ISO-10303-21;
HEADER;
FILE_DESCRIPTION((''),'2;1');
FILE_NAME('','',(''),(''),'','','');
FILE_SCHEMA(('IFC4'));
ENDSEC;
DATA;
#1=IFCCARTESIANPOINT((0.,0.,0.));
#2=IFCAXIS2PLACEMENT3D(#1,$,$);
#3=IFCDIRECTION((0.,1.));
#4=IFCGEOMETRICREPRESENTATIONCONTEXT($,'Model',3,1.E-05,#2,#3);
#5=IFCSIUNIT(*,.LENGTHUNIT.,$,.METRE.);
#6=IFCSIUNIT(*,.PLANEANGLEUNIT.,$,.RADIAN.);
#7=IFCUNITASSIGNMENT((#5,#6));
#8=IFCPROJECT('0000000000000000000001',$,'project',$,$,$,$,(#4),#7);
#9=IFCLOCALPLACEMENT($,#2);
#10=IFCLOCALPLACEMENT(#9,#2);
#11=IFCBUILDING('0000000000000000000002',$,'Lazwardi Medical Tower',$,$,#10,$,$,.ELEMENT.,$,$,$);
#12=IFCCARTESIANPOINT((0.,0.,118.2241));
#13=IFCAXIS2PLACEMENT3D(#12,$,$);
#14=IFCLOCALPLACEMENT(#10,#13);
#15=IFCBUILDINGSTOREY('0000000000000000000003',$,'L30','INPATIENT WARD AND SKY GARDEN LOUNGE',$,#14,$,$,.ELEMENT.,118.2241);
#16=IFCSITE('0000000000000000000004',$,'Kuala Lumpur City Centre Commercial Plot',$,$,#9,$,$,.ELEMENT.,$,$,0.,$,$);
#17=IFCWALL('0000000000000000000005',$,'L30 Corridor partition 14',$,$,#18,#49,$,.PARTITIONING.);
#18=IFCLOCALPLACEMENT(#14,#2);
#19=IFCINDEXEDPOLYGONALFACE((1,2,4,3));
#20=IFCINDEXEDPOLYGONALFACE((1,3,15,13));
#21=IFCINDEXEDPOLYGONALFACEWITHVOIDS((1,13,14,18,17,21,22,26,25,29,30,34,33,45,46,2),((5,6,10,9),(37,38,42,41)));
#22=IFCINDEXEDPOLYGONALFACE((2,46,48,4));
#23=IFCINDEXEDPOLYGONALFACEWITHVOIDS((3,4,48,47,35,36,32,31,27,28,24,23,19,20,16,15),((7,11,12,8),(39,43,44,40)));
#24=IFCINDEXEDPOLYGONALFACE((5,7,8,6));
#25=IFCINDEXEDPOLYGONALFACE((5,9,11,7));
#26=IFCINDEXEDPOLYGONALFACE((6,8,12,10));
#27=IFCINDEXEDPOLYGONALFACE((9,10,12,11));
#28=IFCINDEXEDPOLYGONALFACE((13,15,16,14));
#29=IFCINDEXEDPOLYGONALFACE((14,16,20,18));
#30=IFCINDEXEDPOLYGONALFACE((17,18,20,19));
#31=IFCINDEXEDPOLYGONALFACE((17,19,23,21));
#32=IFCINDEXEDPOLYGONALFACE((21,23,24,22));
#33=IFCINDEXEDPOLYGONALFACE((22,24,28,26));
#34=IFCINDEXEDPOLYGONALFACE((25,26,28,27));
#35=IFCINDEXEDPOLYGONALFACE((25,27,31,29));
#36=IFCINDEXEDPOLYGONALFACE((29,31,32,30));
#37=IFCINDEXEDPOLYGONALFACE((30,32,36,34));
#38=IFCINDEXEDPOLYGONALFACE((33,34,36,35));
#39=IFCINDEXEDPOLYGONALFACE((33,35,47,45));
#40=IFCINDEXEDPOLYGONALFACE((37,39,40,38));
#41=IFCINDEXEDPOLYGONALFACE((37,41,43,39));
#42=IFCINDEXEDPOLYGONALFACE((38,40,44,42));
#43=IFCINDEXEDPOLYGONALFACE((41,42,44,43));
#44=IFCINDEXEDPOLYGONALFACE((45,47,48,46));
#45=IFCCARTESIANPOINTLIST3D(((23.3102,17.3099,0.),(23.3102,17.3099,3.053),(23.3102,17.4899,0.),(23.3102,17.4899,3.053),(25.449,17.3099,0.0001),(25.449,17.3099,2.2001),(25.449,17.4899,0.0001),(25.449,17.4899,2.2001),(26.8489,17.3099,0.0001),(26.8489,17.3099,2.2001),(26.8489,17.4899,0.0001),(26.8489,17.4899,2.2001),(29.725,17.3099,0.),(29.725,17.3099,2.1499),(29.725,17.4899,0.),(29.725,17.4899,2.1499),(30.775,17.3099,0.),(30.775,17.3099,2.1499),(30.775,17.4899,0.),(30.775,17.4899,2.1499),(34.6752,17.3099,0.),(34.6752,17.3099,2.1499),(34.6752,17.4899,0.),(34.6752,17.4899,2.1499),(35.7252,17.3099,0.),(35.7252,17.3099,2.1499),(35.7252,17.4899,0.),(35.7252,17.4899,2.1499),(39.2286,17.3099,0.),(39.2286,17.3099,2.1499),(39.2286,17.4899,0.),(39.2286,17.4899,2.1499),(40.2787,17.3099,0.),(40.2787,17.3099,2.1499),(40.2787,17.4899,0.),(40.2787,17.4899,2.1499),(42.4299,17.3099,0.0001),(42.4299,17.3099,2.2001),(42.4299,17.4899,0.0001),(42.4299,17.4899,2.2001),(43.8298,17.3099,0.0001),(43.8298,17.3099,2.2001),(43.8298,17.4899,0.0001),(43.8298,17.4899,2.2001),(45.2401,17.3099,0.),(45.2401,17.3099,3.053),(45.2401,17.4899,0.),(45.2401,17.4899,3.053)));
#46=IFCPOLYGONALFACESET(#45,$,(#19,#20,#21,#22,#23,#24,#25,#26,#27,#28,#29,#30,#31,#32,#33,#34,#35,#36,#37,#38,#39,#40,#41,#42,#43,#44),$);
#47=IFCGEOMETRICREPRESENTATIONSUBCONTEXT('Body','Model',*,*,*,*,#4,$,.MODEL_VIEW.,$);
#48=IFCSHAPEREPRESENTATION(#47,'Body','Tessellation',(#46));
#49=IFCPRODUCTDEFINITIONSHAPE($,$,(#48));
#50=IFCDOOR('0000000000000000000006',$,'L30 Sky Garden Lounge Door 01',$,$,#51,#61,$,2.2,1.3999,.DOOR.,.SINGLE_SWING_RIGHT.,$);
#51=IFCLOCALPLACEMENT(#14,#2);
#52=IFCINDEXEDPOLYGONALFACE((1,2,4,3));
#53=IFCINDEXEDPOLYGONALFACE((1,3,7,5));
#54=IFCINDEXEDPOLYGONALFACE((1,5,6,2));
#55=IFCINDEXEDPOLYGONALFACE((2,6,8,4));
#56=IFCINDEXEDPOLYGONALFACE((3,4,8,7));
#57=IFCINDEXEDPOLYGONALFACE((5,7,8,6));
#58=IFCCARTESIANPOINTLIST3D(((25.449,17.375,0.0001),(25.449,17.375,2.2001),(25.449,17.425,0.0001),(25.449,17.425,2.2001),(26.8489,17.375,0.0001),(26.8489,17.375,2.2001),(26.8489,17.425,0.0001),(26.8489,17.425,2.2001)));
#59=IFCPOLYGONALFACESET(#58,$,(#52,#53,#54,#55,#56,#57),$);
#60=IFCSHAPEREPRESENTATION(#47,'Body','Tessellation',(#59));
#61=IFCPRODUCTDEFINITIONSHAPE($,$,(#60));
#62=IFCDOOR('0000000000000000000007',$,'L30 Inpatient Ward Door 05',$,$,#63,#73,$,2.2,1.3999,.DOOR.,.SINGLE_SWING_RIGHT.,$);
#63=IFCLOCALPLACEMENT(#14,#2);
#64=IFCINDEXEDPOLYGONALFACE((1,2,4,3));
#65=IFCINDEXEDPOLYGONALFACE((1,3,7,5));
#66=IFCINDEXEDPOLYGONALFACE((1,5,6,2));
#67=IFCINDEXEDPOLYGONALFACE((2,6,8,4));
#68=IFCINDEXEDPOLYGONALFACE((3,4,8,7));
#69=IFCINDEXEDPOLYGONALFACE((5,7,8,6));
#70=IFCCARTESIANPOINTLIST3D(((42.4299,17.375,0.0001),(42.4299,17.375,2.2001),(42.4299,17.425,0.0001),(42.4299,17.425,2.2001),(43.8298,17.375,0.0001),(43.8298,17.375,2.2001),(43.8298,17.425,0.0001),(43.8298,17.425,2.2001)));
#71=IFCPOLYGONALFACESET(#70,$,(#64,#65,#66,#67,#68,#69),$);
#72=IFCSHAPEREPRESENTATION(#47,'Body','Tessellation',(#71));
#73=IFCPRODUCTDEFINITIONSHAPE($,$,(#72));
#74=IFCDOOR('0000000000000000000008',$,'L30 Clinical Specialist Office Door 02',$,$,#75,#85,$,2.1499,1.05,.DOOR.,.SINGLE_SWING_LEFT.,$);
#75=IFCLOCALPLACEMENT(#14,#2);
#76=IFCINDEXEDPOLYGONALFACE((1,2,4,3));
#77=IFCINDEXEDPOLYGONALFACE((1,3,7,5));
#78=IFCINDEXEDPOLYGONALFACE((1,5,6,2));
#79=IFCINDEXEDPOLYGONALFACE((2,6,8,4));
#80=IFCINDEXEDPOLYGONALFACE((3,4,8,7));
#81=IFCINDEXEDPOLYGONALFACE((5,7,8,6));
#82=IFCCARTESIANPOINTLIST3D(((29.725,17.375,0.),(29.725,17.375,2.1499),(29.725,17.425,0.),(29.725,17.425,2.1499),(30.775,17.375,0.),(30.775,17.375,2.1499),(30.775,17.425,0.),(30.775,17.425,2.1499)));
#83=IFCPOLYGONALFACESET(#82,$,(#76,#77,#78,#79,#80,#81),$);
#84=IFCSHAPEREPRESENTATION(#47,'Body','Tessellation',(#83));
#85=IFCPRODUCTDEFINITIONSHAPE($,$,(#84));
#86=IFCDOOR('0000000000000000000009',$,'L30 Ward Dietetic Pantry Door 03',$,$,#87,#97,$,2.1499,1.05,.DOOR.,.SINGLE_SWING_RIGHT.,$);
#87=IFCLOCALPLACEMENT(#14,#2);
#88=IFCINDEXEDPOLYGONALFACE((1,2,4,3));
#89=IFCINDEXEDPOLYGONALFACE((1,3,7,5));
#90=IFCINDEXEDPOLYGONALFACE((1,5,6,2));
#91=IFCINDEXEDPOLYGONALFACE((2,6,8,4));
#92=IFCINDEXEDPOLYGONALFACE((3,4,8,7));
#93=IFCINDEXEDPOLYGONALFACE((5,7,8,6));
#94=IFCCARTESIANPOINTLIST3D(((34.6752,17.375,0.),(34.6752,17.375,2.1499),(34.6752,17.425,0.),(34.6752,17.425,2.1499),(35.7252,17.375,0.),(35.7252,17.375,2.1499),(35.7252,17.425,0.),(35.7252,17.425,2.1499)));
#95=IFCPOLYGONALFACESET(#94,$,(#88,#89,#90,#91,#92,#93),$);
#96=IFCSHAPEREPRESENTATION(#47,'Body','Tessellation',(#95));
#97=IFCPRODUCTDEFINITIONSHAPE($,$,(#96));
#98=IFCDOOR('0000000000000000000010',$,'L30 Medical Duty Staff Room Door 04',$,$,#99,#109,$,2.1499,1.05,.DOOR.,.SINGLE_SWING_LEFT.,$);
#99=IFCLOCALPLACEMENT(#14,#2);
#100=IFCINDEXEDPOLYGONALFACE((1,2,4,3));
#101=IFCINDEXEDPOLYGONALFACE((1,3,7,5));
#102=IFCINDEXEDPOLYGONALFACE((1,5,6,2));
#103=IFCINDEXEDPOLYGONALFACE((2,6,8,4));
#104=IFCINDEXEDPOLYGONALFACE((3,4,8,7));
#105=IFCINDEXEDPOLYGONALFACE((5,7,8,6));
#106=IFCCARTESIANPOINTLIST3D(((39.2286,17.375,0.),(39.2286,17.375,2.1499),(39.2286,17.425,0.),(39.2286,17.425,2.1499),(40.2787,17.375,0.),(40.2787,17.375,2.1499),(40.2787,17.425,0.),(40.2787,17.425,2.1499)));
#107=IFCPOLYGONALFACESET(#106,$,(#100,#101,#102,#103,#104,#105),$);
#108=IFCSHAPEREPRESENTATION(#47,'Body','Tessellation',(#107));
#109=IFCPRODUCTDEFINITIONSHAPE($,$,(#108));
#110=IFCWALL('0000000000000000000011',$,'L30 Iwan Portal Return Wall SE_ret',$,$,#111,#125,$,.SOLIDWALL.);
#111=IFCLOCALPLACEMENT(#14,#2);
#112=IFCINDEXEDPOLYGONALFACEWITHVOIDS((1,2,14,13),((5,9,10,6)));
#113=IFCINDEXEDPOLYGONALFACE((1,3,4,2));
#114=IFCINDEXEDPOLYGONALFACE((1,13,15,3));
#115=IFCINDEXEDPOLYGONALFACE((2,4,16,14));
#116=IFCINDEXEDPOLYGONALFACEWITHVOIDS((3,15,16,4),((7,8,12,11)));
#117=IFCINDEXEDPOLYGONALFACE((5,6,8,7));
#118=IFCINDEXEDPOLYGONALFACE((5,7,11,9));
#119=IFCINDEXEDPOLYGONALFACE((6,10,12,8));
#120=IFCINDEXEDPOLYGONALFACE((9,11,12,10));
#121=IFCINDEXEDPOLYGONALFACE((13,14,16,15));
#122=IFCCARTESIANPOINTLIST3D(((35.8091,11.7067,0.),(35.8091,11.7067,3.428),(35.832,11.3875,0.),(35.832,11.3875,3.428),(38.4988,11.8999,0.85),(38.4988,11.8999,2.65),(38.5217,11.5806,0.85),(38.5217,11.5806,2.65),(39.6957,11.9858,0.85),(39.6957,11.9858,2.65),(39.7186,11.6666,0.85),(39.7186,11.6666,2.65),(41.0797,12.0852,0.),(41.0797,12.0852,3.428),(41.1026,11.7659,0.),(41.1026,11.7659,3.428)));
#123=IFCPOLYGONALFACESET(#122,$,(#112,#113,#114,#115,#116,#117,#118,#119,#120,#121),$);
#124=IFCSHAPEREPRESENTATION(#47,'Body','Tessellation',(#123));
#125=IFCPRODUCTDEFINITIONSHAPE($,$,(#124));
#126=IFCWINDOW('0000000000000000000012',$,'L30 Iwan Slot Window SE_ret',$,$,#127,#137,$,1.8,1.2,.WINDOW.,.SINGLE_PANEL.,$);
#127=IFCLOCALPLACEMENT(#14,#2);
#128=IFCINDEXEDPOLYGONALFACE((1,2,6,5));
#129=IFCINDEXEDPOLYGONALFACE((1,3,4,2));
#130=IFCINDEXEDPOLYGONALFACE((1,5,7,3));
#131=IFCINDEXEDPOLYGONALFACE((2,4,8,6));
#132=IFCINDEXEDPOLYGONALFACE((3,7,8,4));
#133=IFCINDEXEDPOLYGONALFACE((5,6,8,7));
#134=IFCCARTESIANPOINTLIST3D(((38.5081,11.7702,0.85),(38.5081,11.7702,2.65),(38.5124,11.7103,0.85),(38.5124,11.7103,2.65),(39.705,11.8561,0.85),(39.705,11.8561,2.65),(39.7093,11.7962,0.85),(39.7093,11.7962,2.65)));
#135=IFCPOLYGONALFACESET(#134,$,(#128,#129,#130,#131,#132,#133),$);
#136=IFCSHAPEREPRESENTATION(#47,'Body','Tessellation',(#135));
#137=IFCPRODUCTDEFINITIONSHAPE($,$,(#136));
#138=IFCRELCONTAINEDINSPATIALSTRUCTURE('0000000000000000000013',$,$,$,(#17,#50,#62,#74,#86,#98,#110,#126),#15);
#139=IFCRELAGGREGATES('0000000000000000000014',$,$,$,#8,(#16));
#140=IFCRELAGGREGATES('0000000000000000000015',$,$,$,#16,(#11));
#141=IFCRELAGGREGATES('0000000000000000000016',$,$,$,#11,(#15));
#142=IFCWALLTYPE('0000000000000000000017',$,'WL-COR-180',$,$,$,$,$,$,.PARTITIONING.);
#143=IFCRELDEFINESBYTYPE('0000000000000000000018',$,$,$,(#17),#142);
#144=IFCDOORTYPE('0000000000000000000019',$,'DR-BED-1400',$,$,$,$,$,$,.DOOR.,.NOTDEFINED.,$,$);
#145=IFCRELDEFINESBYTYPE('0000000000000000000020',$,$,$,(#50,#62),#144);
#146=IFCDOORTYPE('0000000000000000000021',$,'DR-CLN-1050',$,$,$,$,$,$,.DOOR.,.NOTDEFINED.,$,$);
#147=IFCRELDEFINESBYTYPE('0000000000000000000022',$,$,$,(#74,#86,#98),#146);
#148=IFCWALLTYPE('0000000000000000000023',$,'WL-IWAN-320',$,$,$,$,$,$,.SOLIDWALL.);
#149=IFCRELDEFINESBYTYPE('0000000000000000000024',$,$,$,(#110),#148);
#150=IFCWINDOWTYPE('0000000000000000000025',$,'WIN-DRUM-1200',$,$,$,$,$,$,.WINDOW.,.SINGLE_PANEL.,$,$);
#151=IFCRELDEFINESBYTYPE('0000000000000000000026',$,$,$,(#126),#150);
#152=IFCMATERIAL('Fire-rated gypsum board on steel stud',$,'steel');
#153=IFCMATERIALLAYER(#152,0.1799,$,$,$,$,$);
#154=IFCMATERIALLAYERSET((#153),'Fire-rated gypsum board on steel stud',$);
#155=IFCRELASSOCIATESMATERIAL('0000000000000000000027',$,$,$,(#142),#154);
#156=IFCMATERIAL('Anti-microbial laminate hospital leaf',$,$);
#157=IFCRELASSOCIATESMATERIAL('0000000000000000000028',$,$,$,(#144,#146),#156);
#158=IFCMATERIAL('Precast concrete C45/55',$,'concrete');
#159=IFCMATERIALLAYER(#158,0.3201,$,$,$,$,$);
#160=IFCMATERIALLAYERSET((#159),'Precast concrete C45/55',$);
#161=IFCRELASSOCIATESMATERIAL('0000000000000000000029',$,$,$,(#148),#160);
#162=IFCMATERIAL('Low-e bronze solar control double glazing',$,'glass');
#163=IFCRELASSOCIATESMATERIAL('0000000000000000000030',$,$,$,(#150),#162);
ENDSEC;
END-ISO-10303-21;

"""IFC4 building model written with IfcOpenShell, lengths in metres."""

from ifc_helpers import new_model, si_unit, direction, frame, frame_2d, origin, place, context, subcontext, project, spatial, rectangle, extrude, material, layer, layer_set, type_object, element, fill, save


model = new_model("IFC4")

# Units and contexts
model_context = context("Model", 3, precision=1e-05, world=origin(), true_north=direction((0.0, 1.0)))
body_context = subcontext(model_context, "Body", "Model", "MODEL_VIEW")
ifc_project = project(units=[si_unit("LENGTHUNIT", "METRE"), si_unit("PLANEANGLEUNIT", "RADIAN")], contexts=[model_context])

# Site, building, storey
site_placement = place(None, origin())
site = spatial("IfcSite", under=ifc_project, at=site_placement, Name="Kuala Lumpur City Centre Commercial Plot", CompositionType="ELEMENT", RefElevation=0.0)
building_placement = place(site_placement, origin())
building = spatial("IfcBuilding", under=site, at=building_placement, Name="Lazwardi Medical Tower", CompositionType="ELEMENT")
storey_placement = place(building_placement, frame((0.0, 0.0, 118.2241)))
storey = spatial("IfcBuildingStorey", under=building, at=storey_placement, Name="L30", Description="INPATIENT WARD AND SKY GARDEN LOUNGE", CompositionType="ELEMENT", Elevation=118.2241)

# Shared definitions
ifc_material_1 = material(Name="Low-e bronze solar control double glazing", Category="glass")

# Wall, openings, doors
ifc_material_2 = material(Name="Fire-rated gypsum board on steel stud", Category="steel")
ifc_layer_1 = layer(ifc_material_2, 0.1799)
ifc_layer_set_1 = layer_set([ifc_layer_1], Name="Fire-rated gypsum board on steel stud")
wall_type_1 = type_object("IfcWallType", Name="WL-COR-180", PredefinedType="PARTITIONING", material=ifc_layer_set_1)
wall_1_placement = place(storey_placement, frame((45.24, 17.3999, 0.0), z_axis=(0.0, 0.0, 1.0), x_axis=(-1.0, 0.0, 0.0)))
wall_1 = element("IfcWall", 1, at=wall_1_placement, inside=storey, type_object=wall_type_1, Name="L30 Corridor partition 14", PredefinedType="PARTITIONING", context=body_context, shape_type="SweptSolid", body=[
    extrude(rectangle(XDim=21.9299, YDim=0.1799, at=frame_2d((10.9648, 0.0))), origin(), (0.0, 0.0, 1.0), 3.053),
])
opening_1_placement = place(wall_1_placement, frame((18.3911, 0.0, 0.0)))
opening_1 = element("IfcOpeningElement", 2, at=opening_1_placement, cuts=wall_1, PredefinedType="OPENING", context=body_context, shape_type="SweptSolid", body=[
    extrude(rectangle(XDim=1.3999, YDim=2.2, at=frame_2d((0.7, 1.1001))), frame((0.0, 0.0999, 0.0), z_axis=(0.0, -1.0, 0.0), x_axis=(1.0, 0.0, 0.0)), (0.0, 0.0, 1.0), 0.2),
])
opening_2_placement = place(wall_1_placement, frame((14.4651, 0.0, 0.0)))
opening_2 = element("IfcOpeningElement", 3, at=opening_2_placement, cuts=wall_1, PredefinedType="OPENING", context=body_context, shape_type="SweptSolid", body=[
    extrude(rectangle(XDim=1.05, YDim=2.1499, at=frame_2d((0.5249, 1.075))), frame((0.0, 0.0999, 0.0), z_axis=(0.0, -1.0, 0.0), x_axis=(1.0, 0.0, 0.0)), (0.0, 0.0, 1.0), 0.2),
])
opening_3_placement = place(wall_1_placement, frame((9.5149, 0.0, 0.0)))
opening_3 = element("IfcOpeningElement", 4, at=opening_3_placement, cuts=wall_1, PredefinedType="OPENING", context=body_context, shape_type="SweptSolid", body=[
    extrude(rectangle(XDim=1.05, YDim=2.1499, at=frame_2d((0.5249, 1.075))), frame((0.0, 0.0999, 0.0), z_axis=(0.0, -1.0, 0.0), x_axis=(1.0, 0.0, 0.0)), (0.0, 0.0, 1.0), 0.2),
])
opening_4_placement = place(wall_1_placement, frame((4.9614, 0.0, 0.0)))
opening_4 = element("IfcOpeningElement", 5, at=opening_4_placement, cuts=wall_1, PredefinedType="OPENING", context=body_context, shape_type="SweptSolid", body=[
    extrude(rectangle(XDim=1.05, YDim=2.1499, at=frame_2d((0.5249, 1.075))), frame((0.0, 0.0999, 0.0), z_axis=(0.0, -1.0, 0.0), x_axis=(1.0, 0.0, 0.0)), (0.0, 0.0, 1.0), 0.2),
])
opening_5_placement = place(wall_1_placement, frame((1.4102, 0.0, 0.0)))
opening_5 = element("IfcOpeningElement", 6, at=opening_5_placement, cuts=wall_1, PredefinedType="OPENING", context=body_context, shape_type="SweptSolid", body=[
    extrude(rectangle(XDim=1.3999, YDim=2.2, at=frame_2d((0.7, 1.1001))), frame((0.0, 0.0999, 0.0), z_axis=(0.0, -1.0, 0.0), x_axis=(1.0, 0.0, 0.0)), (0.0, 0.0, 1.0), 0.2),
])
ifc_material_3 = material(Name="Anti-microbial laminate hospital leaf")
door_type_1 = type_object("IfcDoorType", Name="DR-BED-1400", OperationType="NOTDEFINED", PredefinedType="DOOR", material=ifc_material_3)
door_1_placement = place(opening_1_placement, origin())
door_1 = element("IfcDoor", 7, at=door_1_placement, inside=storey, type_object=door_type_1, Name="L30 Sky Garden Lounge Door 01", OperationType="SINGLE_SWING_RIGHT", OverallHeight=2.2, OverallWidth=1.3999, PredefinedType="DOOR", context=body_context, shape_type="SweptSolid", body=[
    extrude(rectangle(XDim=1.3999, YDim=2.2, at=frame_2d((0.7, 1.1001))), frame((0.0, 0.0249, 0.0), z_axis=(0.0, -1.0, 0.0), x_axis=(1.0, 0.0, 0.0)), (0.0, 0.0, 1.0), 0.05),
])
fill(opening_1, door_1)
door_2_placement = place(opening_5_placement, origin())
door_2 = element("IfcDoor", 8, at=door_2_placement, inside=storey, type_object=door_type_1, Name="L30 Inpatient Ward Door 05", OperationType="SINGLE_SWING_RIGHT", OverallHeight=2.2, OverallWidth=1.3999, PredefinedType="DOOR", context=body_context, shape_type="SweptSolid", body=[
    extrude(rectangle(XDim=1.3999, YDim=2.2, at=frame_2d((0.7, 1.1001))), frame((0.0, 0.0249, 0.0), z_axis=(0.0, -1.0, 0.0), x_axis=(1.0, 0.0, 0.0)), (0.0, 0.0, 1.0), 0.05),
])
fill(opening_5, door_2)
door_type_2 = type_object("IfcDoorType", Name="DR-CLN-1050", OperationType="NOTDEFINED", PredefinedType="DOOR", material=ifc_material_3)
door_3_placement = place(opening_2_placement, origin())
door_3 = element("IfcDoor", 9, at=door_3_placement, inside=storey, type_object=door_type_2, Name="L30 Clinical Specialist Office Door 02", OperationType="SINGLE_SWING_LEFT", OverallHeight=2.1499, OverallWidth=1.05, PredefinedType="DOOR", context=body_context, shape_type="SweptSolid", body=[
    extrude(rectangle(XDim=1.05, YDim=2.1499, at=frame_2d((0.5249, 1.075))), frame((0.0, 0.0249, 0.0), z_axis=(0.0, -1.0, 0.0), x_axis=(1.0, 0.0, 0.0)), (0.0, 0.0, 1.0), 0.05),
])
fill(opening_2, door_3)
door_4_placement = place(opening_3_placement, origin())
door_4 = element("IfcDoor", 10, at=door_4_placement, inside=storey, type_object=door_type_2, Name="L30 Ward Dietetic Pantry Door 03", OperationType="SINGLE_SWING_RIGHT", OverallHeight=2.1499, OverallWidth=1.05, PredefinedType="DOOR", context=body_context, shape_type="SweptSolid", body=[
    extrude(rectangle(XDim=1.05, YDim=2.1499, at=frame_2d((0.5249, 1.075))), frame((0.0, 0.0249, 0.0), z_axis=(0.0, -1.0, 0.0), x_axis=(1.0, 0.0, 0.0)), (0.0, 0.0, 1.0), 0.05),
])
fill(opening_3, door_4)
door_5_placement = place(opening_4_placement, origin())
door_5 = element("IfcDoor", 11, at=door_5_placement, inside=storey, type_object=door_type_2, Name="L30 Medical Duty Staff Room Door 04", OperationType="SINGLE_SWING_LEFT", OverallHeight=2.1499, OverallWidth=1.05, PredefinedType="DOOR", context=body_context, shape_type="SweptSolid", body=[
    extrude(rectangle(XDim=1.05, YDim=2.1499, at=frame_2d((0.5249, 1.075))), frame((0.0, 0.0249, 0.0), z_axis=(0.0, -1.0, 0.0), x_axis=(1.0, 0.0, 0.0)), (0.0, 0.0, 1.0), 0.05),
])
fill(opening_4, door_5)

# Wall, opening, window
ifc_material_4 = material(Name="Precast concrete C45/55", Category="concrete")
ifc_layer_2 = layer(ifc_material_4, 0.3201)
ifc_layer_set_2 = layer_set([ifc_layer_2], Name="Precast concrete C45/55")
wall_type_2 = type_object("IfcWallType", Name="WL-IWAN-320", PredefinedType="SOLIDWALL", material=ifc_layer_set_2)
wall_2_placement = place(storey_placement, frame((35.8206, 11.5471, 0.0), z_axis=(0.0, 0.0, 1.0), x_axis=(0.997432, 0.071615, 0.0)))
wall_2 = element("IfcWall", 12, at=wall_2_placement, inside=storey, type_object=wall_type_2, Name="L30 Iwan Portal Return Wall SE_ret", PredefinedType="SOLIDWALL", context=body_context, shape_type="SweptSolid", body=[
    extrude(rectangle(XDim=5.2842, YDim=0.3201, at=frame_2d((2.6421, 0.0))), origin(), (0.0, 0.0, 1.0), 3.428),
])
opening_6_placement = place(wall_2_placement, frame((2.6965, 0.0, 0.8501)))
opening_6 = element("IfcOpeningElement", 13, at=opening_6_placement, cuts=wall_2, PredefinedType="OPENING", context=body_context, shape_type="SweptSolid", body=[
    extrude(rectangle(XDim=1.2, YDim=1.8, at=frame_2d((0.6001, 0.8999))), frame((0.0, 0.1699, 0.0), z_axis=(0.0, -1.0, 0.0), x_axis=(1.0, 0.0, 0.0)), (0.0, 0.0, 1.0), 0.3401),
])
window_type_1 = type_object("IfcWindowType", Name="WIN-DRUM-1200", PartitioningType="SINGLE_PANEL", PredefinedType="WINDOW", material=ifc_material_1)
window_1_placement = place(opening_6_placement, origin())
window_1 = element("IfcWindow", 14, at=window_1_placement, inside=storey, type_object=window_type_1, Name="L30 Iwan Slot Window SE_ret", OverallHeight=1.8, OverallWidth=1.2, PartitioningType="SINGLE_PANEL", PredefinedType="WINDOW", context=body_context, shape_type="SweptSolid", body=[
    extrude(rectangle(XDim=1.2, YDim=1.8, at=frame_2d((0.6001, 0.8999))), frame((0.0, 0.03, 0.0), z_axis=(0.0, -1.0, 0.0), x_axis=(1.0, 0.0, 0.0)), (0.0, 0.0, 1.0), 0.0601),
])
fill(opening_6, window_1)

save(model, "model.ifc")
